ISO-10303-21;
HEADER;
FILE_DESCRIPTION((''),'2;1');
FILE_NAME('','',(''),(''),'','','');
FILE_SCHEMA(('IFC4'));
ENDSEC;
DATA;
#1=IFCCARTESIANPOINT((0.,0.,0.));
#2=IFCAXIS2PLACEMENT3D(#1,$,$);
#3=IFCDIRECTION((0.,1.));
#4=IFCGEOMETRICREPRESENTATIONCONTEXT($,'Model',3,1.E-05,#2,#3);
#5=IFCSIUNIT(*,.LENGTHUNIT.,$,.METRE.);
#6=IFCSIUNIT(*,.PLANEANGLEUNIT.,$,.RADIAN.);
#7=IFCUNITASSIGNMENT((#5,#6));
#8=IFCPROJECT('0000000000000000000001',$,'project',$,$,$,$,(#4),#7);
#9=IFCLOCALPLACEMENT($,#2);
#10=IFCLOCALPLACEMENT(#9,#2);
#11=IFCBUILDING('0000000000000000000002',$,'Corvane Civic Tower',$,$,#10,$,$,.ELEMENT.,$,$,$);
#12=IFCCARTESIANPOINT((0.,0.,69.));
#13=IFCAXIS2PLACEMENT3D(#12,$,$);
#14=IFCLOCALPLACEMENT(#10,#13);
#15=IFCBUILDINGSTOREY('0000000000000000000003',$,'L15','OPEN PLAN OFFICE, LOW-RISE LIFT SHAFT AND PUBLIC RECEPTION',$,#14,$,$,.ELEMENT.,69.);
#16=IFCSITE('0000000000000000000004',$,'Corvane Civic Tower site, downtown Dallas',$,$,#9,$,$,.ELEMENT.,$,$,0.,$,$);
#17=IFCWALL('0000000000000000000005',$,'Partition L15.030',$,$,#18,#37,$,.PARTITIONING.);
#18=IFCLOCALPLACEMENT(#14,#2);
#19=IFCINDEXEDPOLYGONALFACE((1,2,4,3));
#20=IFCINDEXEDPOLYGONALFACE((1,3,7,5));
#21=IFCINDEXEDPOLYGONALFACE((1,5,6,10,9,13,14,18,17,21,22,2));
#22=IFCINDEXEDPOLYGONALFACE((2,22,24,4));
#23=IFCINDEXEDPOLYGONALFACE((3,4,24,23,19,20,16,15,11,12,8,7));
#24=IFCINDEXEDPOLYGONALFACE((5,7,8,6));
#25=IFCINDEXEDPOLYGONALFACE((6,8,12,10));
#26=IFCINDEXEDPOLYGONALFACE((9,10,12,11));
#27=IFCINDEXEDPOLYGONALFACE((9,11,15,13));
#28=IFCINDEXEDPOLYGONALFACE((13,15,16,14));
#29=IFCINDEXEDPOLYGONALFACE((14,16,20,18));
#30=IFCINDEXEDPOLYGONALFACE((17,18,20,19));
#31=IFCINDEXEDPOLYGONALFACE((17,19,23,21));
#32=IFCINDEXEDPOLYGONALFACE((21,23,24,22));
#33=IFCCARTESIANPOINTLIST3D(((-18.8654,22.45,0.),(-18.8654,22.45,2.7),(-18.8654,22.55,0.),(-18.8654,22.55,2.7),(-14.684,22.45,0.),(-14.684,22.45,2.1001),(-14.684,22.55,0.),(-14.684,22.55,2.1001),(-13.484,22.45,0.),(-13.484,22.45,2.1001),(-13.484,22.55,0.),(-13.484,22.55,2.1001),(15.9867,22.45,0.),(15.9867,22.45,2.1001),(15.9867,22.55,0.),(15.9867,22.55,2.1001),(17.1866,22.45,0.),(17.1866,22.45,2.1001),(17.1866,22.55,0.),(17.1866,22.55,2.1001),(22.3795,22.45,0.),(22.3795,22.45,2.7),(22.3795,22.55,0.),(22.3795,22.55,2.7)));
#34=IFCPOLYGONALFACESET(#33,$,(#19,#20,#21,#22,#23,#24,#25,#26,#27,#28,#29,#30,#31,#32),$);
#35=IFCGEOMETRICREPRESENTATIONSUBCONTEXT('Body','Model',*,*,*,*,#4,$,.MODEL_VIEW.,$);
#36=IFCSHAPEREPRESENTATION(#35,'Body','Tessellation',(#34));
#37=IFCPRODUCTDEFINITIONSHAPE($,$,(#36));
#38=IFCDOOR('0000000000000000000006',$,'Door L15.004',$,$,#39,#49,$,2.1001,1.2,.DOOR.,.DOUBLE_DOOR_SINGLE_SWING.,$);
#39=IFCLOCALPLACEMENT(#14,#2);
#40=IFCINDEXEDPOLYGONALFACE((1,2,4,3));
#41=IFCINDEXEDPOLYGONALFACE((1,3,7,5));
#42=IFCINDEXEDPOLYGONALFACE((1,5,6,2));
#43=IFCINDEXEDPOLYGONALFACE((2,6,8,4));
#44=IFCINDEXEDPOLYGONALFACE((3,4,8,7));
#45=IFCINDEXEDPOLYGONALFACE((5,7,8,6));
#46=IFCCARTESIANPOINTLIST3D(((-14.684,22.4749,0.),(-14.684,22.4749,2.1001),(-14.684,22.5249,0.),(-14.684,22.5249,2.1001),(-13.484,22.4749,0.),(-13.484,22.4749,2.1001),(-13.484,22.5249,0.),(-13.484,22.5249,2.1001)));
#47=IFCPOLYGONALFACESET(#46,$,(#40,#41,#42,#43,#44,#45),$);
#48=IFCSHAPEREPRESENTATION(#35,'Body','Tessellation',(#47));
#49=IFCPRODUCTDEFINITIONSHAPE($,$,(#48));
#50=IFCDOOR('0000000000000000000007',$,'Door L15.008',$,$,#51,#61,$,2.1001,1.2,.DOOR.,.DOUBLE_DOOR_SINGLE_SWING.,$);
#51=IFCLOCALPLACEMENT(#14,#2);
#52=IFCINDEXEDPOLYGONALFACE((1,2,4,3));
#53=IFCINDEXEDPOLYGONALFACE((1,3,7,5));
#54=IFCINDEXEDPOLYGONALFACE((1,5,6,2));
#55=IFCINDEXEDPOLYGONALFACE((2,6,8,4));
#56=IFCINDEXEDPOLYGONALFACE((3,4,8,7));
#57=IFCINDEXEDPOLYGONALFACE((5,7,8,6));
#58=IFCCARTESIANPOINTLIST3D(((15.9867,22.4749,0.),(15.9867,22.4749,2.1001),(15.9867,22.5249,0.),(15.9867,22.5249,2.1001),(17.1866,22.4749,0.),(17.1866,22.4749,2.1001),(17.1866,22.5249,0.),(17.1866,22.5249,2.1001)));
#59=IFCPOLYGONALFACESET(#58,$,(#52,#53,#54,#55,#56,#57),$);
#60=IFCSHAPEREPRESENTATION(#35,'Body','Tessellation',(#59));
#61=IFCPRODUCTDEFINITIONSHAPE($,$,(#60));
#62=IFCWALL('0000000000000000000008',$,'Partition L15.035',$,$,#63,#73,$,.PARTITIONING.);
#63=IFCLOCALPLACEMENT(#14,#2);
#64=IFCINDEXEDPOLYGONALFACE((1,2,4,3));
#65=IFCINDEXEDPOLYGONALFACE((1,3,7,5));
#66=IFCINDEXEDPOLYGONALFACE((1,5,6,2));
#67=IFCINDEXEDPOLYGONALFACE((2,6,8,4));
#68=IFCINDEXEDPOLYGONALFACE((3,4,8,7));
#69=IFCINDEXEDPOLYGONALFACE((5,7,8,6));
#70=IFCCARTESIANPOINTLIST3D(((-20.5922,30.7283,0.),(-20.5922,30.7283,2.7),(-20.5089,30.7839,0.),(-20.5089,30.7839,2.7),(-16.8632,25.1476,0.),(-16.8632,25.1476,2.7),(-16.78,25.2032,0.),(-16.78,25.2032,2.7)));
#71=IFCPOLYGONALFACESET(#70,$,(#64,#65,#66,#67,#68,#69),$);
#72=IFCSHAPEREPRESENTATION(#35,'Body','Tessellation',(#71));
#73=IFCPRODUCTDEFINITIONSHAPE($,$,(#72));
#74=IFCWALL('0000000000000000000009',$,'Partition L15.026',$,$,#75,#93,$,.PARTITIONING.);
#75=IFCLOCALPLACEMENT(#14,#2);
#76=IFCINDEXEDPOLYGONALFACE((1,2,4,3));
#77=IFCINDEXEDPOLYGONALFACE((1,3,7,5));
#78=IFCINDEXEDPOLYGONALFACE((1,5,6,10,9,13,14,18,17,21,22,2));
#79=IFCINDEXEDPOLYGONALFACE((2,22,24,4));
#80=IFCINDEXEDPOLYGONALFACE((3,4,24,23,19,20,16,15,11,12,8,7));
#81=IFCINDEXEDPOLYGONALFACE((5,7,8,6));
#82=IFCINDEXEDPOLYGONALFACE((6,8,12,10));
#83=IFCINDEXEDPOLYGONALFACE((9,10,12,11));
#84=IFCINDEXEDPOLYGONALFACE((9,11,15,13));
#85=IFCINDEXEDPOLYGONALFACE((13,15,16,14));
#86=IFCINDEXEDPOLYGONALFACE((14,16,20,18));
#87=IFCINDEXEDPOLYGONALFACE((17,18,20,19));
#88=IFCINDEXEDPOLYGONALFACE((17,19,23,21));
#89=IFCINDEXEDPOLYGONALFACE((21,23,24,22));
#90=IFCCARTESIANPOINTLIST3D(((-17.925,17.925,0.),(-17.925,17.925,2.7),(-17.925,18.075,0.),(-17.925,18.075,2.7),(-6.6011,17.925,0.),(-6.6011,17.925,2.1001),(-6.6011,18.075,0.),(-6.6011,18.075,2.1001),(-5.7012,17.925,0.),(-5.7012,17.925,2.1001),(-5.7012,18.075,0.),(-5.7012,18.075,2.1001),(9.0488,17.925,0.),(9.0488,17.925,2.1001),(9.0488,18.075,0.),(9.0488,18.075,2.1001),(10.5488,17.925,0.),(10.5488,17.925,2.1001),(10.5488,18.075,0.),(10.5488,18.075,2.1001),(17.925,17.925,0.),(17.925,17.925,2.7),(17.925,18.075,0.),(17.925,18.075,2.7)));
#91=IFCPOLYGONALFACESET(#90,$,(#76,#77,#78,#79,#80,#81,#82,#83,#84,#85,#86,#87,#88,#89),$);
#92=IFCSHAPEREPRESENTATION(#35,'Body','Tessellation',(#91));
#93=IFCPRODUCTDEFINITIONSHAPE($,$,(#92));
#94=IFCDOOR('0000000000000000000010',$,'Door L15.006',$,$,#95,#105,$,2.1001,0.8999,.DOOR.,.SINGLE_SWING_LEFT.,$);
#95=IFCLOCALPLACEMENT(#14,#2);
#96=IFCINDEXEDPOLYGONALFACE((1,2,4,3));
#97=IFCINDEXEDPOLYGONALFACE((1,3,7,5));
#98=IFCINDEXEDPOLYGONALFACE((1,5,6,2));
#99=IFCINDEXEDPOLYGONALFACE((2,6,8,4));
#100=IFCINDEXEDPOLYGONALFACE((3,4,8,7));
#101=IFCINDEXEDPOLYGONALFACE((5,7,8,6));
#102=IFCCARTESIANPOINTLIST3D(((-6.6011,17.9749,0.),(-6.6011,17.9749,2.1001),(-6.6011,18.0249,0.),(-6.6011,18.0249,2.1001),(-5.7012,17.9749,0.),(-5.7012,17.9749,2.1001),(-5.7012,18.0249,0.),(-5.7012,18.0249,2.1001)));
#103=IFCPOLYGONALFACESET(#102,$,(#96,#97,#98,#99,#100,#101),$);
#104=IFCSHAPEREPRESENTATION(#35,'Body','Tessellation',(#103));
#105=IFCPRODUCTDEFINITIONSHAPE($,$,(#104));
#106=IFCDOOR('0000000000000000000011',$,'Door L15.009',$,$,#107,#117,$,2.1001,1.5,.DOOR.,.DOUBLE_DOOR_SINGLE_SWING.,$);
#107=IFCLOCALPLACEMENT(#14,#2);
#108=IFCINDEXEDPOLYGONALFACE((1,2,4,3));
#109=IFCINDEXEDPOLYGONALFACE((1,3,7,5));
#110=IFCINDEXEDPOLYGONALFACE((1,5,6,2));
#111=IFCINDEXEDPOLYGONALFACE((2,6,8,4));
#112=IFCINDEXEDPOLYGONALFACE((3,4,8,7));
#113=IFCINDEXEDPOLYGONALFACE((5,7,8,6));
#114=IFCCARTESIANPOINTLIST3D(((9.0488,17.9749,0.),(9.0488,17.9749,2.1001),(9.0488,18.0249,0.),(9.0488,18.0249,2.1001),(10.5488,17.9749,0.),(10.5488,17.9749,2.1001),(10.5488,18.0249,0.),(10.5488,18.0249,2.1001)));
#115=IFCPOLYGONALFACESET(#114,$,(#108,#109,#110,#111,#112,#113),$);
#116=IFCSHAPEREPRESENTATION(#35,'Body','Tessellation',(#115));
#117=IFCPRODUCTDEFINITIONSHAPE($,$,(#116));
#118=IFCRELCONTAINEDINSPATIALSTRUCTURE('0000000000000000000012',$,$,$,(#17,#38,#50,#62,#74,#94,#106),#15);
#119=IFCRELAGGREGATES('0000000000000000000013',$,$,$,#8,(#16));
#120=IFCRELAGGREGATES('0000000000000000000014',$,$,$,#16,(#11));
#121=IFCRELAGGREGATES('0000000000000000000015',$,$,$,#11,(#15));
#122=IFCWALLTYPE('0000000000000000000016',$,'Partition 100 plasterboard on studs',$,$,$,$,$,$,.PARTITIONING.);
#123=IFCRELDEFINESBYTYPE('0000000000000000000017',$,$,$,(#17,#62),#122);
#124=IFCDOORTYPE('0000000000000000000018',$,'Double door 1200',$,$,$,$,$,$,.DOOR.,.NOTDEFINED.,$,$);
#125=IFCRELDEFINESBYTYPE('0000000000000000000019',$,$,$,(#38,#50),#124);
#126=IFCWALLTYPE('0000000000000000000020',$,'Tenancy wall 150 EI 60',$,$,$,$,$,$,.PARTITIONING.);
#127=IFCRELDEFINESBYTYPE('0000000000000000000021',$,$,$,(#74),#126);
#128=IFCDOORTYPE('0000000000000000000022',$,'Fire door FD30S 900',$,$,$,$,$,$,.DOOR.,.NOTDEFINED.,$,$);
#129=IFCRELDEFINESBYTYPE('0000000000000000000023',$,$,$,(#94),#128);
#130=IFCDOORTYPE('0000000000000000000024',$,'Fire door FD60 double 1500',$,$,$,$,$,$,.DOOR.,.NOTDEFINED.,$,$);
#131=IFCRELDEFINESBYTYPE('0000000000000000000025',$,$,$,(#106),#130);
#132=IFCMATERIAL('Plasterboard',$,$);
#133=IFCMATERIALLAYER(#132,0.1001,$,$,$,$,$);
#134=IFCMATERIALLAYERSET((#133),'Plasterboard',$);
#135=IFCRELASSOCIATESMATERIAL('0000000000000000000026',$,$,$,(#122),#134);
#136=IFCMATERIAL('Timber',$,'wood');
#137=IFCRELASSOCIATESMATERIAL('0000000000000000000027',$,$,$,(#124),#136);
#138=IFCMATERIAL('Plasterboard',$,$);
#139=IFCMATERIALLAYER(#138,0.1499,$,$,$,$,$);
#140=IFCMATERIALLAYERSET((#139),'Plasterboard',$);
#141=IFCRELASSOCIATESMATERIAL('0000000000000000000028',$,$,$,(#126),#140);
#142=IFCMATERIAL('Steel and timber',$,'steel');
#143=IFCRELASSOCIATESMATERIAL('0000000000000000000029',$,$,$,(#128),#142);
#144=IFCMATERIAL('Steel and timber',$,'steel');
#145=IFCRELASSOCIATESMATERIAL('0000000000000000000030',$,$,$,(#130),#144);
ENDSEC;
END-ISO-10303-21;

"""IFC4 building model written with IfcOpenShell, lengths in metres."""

from ifc_helpers import new_model, si_unit, direction, frame, frame_2d, origin, place, context, subcontext, project, spatial, rectangle, extrude, material, layer, layer_set, type_object, element, fill, save


model = new_model("IFC4")

# Units and contexts
model_context = context("Model", 3, precision=1e-05, world=origin(), true_north=direction((0.0, 1.0)))
body_context = subcontext(model_context, "Body", "Model", "MODEL_VIEW")
ifc_project = project(units=[si_unit("LENGTHUNIT", "METRE"), si_unit("PLANEANGLEUNIT", "RADIAN")], contexts=[model_context])

# Site, building, storey
site_placement = place(None, origin())
site = spatial("IfcSite", under=ifc_project, at=site_placement, Name="Corvane Civic Tower site, downtown Dallas", CompositionType="ELEMENT", RefElevation=0.0)
building_placement = place(site_placement, origin())
building = spatial("IfcBuilding", under=site, at=building_placement, Name="Corvane Civic Tower", CompositionType="ELEMENT")
storey_placement = place(building_placement, frame((0.0, 0.0, 69.0)))
storey = spatial("IfcBuildingStorey", under=building, at=storey_placement, Name="L15", Description="OPEN PLAN OFFICE, LOW-RISE LIFT SHAFT AND PUBLIC RECEPTION", CompositionType="ELEMENT", Elevation=69.0)

# Wall, openings, doors
ifc_material_1 = material(Name="Plasterboard")
ifc_layer_1 = layer(ifc_material_1, 0.1001)
ifc_layer_set_1 = layer_set([ifc_layer_1], Name="Plasterboard")
wall_type_1 = type_object("IfcWallType", Name="Partition 100 plasterboard on studs", PredefinedType="PARTITIONING", material=ifc_layer_set_1)
wall_1_placement = place(storey_placement, frame((-18.8655, 22.5, 0.0), z_axis=(0.0, 0.0, 1.0), x_axis=(1.0, 0.0, 0.0)))
wall_1 = element("IfcWall", 1, at=wall_1_placement, inside=storey, type_object=wall_type_1, Name="Partition L15.030", PredefinedType="PARTITIONING", context=body_context, shape_type="SweptSolid", body=[
    extrude(rectangle(XDim=41.2449, YDim=0.1001, at=frame_2d((20.6226, 0.0))), origin(), (0.0, 0.0, 1.0), 2.7),
])
opening_1_placement = place(wall_1_placement, frame((4.1814, 0.0, 0.0)))
opening_1 = element("IfcOpeningElement", 2, at=opening_1_placement, cuts=wall_1, PredefinedType="OPENING", context=body_context, shape_type="SweptSolid", body=[
    extrude(rectangle(XDim=1.2, YDim=2.1001, at=frame_2d((0.6001, 1.05))), frame((0.0, 0.0601, 0.0), z_axis=(0.0, -1.0, 0.0), x_axis=(1.0, 0.0, 0.0)), (0.0, 0.0, 1.0), 0.1201),
])
opening_2_placement = place(wall_1_placement, frame((34.8521, 0.0, 0.0)))
opening_2 = element("IfcOpeningElement", 3, at=opening_2_placement, cuts=wall_1, PredefinedType="OPENING", context=body_context, shape_type="SweptSolid", body=[
    extrude(rectangle(XDim=1.2, YDim=2.1001, at=frame_2d((0.6001, 1.05))), frame((0.0, 0.0601, 0.0), z_axis=(0.0, -1.0, 0.0), x_axis=(1.0, 0.0, 0.0)), (0.0, 0.0, 1.0), 0.1201),
])
ifc_material_2 = material(Name="Timber", Category="wood")
door_type_1 = type_object("IfcDoorType", Name="Double door 1200", OperationType="NOTDEFINED", PredefinedType="DOOR", material=ifc_material_2)
door_1_placement = place(opening_1_placement, origin())
door_1 = element("IfcDoor", 4, at=door_1_placement, inside=storey, type_object=door_type_1, Name="Door L15.004", OperationType="DOUBLE_DOOR_SINGLE_SWING", OverallHeight=2.1001, OverallWidth=1.2, PredefinedType="DOOR", context=body_context, shape_type="SweptSolid", body=[
    extrude(rectangle(XDim=1.2, YDim=2.1001, at=frame_2d((0.6001, 1.05))), frame((0.0, 0.0249, 0.0), z_axis=(0.0, -1.0, 0.0), x_axis=(1.0, 0.0, 0.0)), (0.0, 0.0, 1.0), 0.05),
])
fill(opening_1, door_1)
door_2_placement = place(opening_2_placement, origin())
door_2 = element("IfcDoor", 5, at=door_2_placement, inside=storey, type_object=door_type_1, Name="Door L15.008", OperationType="DOUBLE_DOOR_SINGLE_SWING", OverallHeight=2.1001, OverallWidth=1.2, PredefinedType="DOOR", context=body_context, shape_type="SweptSolid", body=[
    extrude(rectangle(XDim=1.2, YDim=2.1001, at=frame_2d((0.6001, 1.05))), frame((0.0, 0.0249, 0.0), z_axis=(0.0, -1.0, 0.0), x_axis=(1.0, 0.0, 0.0)), (0.0, 0.0, 1.0), 0.05),
])
fill(opening_2, door_2)

# Wall
wall_2_placement = place(storey_placement, frame((-20.5505, 30.7561, 0.0), z_axis=(0.0, 0.0, 1.0), x_axis=(0.555573, -0.831468, 0.0)))
element("IfcWall", 6, at=wall_2_placement, inside=storey, type_object=wall_type_1, Name="Partition L15.035", PredefinedType="PARTITIONING", context=body_context, shape_type="SweptSolid", body=[
    extrude(rectangle(XDim=6.7119, YDim=0.1001, at=frame_2d((3.356, 0.0))), origin(), (0.0, 0.0, 1.0), 2.7),
])

# Wall, openings, doors
ifc_material_3 = material(Name="Plasterboard")
ifc_layer_2 = layer(ifc_material_3, 0.1499)
ifc_layer_set_2 = layer_set([ifc_layer_2], Name="Plasterboard")
wall_type_2 = type_object("IfcWallType", Name="Tenancy wall 150 EI 60", PredefinedType="PARTITIONING", material=ifc_layer_set_2)
wall_3_placement = place(storey_placement, frame((-17.925, 18.0, 0.0), z_axis=(0.0, 0.0, 1.0), x_axis=(1.0, 0.0, 0.0)))
wall_3 = element("IfcWall", 7, at=wall_3_placement, inside=storey, type_object=wall_type_2, Name="Partition L15.026", PredefinedType="PARTITIONING", context=body_context, shape_type="SweptSolid", body=[
    extrude(rectangle(XDim=35.8501, YDim=0.1499, at=frame_2d((17.925, 0.0))), origin(), (0.0, 0.0, 1.0), 2.7),
])
opening_3_placement = place(wall_3_placement, frame((11.324, 0.0, 0.0)))
opening_3 = element("IfcOpeningElement", 8, at=opening_3_placement, cuts=wall_3, PredefinedType="OPENING", context=body_context, shape_type="SweptSolid", body=[
    extrude(rectangle(XDim=0.8999, YDim=2.1001, at=frame_2d((0.45, 1.05))), frame((0.0, 0.085, 0.0), z_axis=(0.0, -1.0, 0.0), x_axis=(1.0, 0.0, 0.0)), (0.0, 0.0, 1.0), 0.1699),
])
opening_4_placement = place(wall_3_placement, frame((26.9739, 0.0, 0.0)))
opening_4 = element("IfcOpeningElement", 9, at=opening_4_placement, cuts=wall_3, PredefinedType="OPENING", context=body_context, shape_type="SweptSolid", body=[
    extrude(rectangle(XDim=1.5, YDim=2.1001, at=frame_2d((0.75, 1.05))), frame((0.0, 0.085, 0.0), z_axis=(0.0, -1.0, 0.0), x_axis=(1.0, 0.0, 0.0)), (0.0, 0.0, 1.0), 0.1699),
])
ifc_material_4 = material(Name="Steel and timber", Category="steel")
door_type_2 = type_object("IfcDoorType", Name="Fire door FD30S 900", OperationType="NOTDEFINED", PredefinedType="DOOR", material=ifc_material_4)
door_3_placement = place(opening_3_placement, origin())
door_3 = element("IfcDoor", 10, at=door_3_placement, inside=storey, type_object=door_type_2, Name="Door L15.006", OperationType="SINGLE_SWING_LEFT", OverallHeight=2.1001, OverallWidth=0.8999, PredefinedType="DOOR", context=body_context, shape_type="SweptSolid", body=[
    extrude(rectangle(XDim=0.8999, YDim=2.1001, at=frame_2d((0.45, 1.05))), frame((0.0, 0.0249, 0.0), z_axis=(0.0, -1.0, 0.0), x_axis=(1.0, 0.0, 0.0)), (0.0, 0.0, 1.0), 0.05),
])
fill(opening_3, door_3)
ifc_material_5 = material(Name="Steel and timber", Category="steel")
door_type_3 = type_object("IfcDoorType", Name="Fire door FD60 double 1500", OperationType="NOTDEFINED", PredefinedType="DOOR", material=ifc_material_5)
door_4_placement = place(opening_4_placement, origin())
door_4 = element("IfcDoor", 11, at=door_4_placement, inside=storey, type_object=door_type_3, Name="Door L15.009", OperationType="DOUBLE_DOOR_SINGLE_SWING", OverallHeight=2.1001, OverallWidth=1.5, PredefinedType="DOOR", context=body_context, shape_type="SweptSolid", body=[
    extrude(rectangle(XDim=1.5, YDim=2.1001, at=frame_2d((0.75, 1.05))), frame((0.0, 0.0249, 0.0), z_axis=(0.0, -1.0, 0.0), x_axis=(1.0, 0.0, 0.0)), (0.0, 0.0, 1.0), 0.05),
])
fill(opening_4, door_4)

save(model, "model.ifc")
